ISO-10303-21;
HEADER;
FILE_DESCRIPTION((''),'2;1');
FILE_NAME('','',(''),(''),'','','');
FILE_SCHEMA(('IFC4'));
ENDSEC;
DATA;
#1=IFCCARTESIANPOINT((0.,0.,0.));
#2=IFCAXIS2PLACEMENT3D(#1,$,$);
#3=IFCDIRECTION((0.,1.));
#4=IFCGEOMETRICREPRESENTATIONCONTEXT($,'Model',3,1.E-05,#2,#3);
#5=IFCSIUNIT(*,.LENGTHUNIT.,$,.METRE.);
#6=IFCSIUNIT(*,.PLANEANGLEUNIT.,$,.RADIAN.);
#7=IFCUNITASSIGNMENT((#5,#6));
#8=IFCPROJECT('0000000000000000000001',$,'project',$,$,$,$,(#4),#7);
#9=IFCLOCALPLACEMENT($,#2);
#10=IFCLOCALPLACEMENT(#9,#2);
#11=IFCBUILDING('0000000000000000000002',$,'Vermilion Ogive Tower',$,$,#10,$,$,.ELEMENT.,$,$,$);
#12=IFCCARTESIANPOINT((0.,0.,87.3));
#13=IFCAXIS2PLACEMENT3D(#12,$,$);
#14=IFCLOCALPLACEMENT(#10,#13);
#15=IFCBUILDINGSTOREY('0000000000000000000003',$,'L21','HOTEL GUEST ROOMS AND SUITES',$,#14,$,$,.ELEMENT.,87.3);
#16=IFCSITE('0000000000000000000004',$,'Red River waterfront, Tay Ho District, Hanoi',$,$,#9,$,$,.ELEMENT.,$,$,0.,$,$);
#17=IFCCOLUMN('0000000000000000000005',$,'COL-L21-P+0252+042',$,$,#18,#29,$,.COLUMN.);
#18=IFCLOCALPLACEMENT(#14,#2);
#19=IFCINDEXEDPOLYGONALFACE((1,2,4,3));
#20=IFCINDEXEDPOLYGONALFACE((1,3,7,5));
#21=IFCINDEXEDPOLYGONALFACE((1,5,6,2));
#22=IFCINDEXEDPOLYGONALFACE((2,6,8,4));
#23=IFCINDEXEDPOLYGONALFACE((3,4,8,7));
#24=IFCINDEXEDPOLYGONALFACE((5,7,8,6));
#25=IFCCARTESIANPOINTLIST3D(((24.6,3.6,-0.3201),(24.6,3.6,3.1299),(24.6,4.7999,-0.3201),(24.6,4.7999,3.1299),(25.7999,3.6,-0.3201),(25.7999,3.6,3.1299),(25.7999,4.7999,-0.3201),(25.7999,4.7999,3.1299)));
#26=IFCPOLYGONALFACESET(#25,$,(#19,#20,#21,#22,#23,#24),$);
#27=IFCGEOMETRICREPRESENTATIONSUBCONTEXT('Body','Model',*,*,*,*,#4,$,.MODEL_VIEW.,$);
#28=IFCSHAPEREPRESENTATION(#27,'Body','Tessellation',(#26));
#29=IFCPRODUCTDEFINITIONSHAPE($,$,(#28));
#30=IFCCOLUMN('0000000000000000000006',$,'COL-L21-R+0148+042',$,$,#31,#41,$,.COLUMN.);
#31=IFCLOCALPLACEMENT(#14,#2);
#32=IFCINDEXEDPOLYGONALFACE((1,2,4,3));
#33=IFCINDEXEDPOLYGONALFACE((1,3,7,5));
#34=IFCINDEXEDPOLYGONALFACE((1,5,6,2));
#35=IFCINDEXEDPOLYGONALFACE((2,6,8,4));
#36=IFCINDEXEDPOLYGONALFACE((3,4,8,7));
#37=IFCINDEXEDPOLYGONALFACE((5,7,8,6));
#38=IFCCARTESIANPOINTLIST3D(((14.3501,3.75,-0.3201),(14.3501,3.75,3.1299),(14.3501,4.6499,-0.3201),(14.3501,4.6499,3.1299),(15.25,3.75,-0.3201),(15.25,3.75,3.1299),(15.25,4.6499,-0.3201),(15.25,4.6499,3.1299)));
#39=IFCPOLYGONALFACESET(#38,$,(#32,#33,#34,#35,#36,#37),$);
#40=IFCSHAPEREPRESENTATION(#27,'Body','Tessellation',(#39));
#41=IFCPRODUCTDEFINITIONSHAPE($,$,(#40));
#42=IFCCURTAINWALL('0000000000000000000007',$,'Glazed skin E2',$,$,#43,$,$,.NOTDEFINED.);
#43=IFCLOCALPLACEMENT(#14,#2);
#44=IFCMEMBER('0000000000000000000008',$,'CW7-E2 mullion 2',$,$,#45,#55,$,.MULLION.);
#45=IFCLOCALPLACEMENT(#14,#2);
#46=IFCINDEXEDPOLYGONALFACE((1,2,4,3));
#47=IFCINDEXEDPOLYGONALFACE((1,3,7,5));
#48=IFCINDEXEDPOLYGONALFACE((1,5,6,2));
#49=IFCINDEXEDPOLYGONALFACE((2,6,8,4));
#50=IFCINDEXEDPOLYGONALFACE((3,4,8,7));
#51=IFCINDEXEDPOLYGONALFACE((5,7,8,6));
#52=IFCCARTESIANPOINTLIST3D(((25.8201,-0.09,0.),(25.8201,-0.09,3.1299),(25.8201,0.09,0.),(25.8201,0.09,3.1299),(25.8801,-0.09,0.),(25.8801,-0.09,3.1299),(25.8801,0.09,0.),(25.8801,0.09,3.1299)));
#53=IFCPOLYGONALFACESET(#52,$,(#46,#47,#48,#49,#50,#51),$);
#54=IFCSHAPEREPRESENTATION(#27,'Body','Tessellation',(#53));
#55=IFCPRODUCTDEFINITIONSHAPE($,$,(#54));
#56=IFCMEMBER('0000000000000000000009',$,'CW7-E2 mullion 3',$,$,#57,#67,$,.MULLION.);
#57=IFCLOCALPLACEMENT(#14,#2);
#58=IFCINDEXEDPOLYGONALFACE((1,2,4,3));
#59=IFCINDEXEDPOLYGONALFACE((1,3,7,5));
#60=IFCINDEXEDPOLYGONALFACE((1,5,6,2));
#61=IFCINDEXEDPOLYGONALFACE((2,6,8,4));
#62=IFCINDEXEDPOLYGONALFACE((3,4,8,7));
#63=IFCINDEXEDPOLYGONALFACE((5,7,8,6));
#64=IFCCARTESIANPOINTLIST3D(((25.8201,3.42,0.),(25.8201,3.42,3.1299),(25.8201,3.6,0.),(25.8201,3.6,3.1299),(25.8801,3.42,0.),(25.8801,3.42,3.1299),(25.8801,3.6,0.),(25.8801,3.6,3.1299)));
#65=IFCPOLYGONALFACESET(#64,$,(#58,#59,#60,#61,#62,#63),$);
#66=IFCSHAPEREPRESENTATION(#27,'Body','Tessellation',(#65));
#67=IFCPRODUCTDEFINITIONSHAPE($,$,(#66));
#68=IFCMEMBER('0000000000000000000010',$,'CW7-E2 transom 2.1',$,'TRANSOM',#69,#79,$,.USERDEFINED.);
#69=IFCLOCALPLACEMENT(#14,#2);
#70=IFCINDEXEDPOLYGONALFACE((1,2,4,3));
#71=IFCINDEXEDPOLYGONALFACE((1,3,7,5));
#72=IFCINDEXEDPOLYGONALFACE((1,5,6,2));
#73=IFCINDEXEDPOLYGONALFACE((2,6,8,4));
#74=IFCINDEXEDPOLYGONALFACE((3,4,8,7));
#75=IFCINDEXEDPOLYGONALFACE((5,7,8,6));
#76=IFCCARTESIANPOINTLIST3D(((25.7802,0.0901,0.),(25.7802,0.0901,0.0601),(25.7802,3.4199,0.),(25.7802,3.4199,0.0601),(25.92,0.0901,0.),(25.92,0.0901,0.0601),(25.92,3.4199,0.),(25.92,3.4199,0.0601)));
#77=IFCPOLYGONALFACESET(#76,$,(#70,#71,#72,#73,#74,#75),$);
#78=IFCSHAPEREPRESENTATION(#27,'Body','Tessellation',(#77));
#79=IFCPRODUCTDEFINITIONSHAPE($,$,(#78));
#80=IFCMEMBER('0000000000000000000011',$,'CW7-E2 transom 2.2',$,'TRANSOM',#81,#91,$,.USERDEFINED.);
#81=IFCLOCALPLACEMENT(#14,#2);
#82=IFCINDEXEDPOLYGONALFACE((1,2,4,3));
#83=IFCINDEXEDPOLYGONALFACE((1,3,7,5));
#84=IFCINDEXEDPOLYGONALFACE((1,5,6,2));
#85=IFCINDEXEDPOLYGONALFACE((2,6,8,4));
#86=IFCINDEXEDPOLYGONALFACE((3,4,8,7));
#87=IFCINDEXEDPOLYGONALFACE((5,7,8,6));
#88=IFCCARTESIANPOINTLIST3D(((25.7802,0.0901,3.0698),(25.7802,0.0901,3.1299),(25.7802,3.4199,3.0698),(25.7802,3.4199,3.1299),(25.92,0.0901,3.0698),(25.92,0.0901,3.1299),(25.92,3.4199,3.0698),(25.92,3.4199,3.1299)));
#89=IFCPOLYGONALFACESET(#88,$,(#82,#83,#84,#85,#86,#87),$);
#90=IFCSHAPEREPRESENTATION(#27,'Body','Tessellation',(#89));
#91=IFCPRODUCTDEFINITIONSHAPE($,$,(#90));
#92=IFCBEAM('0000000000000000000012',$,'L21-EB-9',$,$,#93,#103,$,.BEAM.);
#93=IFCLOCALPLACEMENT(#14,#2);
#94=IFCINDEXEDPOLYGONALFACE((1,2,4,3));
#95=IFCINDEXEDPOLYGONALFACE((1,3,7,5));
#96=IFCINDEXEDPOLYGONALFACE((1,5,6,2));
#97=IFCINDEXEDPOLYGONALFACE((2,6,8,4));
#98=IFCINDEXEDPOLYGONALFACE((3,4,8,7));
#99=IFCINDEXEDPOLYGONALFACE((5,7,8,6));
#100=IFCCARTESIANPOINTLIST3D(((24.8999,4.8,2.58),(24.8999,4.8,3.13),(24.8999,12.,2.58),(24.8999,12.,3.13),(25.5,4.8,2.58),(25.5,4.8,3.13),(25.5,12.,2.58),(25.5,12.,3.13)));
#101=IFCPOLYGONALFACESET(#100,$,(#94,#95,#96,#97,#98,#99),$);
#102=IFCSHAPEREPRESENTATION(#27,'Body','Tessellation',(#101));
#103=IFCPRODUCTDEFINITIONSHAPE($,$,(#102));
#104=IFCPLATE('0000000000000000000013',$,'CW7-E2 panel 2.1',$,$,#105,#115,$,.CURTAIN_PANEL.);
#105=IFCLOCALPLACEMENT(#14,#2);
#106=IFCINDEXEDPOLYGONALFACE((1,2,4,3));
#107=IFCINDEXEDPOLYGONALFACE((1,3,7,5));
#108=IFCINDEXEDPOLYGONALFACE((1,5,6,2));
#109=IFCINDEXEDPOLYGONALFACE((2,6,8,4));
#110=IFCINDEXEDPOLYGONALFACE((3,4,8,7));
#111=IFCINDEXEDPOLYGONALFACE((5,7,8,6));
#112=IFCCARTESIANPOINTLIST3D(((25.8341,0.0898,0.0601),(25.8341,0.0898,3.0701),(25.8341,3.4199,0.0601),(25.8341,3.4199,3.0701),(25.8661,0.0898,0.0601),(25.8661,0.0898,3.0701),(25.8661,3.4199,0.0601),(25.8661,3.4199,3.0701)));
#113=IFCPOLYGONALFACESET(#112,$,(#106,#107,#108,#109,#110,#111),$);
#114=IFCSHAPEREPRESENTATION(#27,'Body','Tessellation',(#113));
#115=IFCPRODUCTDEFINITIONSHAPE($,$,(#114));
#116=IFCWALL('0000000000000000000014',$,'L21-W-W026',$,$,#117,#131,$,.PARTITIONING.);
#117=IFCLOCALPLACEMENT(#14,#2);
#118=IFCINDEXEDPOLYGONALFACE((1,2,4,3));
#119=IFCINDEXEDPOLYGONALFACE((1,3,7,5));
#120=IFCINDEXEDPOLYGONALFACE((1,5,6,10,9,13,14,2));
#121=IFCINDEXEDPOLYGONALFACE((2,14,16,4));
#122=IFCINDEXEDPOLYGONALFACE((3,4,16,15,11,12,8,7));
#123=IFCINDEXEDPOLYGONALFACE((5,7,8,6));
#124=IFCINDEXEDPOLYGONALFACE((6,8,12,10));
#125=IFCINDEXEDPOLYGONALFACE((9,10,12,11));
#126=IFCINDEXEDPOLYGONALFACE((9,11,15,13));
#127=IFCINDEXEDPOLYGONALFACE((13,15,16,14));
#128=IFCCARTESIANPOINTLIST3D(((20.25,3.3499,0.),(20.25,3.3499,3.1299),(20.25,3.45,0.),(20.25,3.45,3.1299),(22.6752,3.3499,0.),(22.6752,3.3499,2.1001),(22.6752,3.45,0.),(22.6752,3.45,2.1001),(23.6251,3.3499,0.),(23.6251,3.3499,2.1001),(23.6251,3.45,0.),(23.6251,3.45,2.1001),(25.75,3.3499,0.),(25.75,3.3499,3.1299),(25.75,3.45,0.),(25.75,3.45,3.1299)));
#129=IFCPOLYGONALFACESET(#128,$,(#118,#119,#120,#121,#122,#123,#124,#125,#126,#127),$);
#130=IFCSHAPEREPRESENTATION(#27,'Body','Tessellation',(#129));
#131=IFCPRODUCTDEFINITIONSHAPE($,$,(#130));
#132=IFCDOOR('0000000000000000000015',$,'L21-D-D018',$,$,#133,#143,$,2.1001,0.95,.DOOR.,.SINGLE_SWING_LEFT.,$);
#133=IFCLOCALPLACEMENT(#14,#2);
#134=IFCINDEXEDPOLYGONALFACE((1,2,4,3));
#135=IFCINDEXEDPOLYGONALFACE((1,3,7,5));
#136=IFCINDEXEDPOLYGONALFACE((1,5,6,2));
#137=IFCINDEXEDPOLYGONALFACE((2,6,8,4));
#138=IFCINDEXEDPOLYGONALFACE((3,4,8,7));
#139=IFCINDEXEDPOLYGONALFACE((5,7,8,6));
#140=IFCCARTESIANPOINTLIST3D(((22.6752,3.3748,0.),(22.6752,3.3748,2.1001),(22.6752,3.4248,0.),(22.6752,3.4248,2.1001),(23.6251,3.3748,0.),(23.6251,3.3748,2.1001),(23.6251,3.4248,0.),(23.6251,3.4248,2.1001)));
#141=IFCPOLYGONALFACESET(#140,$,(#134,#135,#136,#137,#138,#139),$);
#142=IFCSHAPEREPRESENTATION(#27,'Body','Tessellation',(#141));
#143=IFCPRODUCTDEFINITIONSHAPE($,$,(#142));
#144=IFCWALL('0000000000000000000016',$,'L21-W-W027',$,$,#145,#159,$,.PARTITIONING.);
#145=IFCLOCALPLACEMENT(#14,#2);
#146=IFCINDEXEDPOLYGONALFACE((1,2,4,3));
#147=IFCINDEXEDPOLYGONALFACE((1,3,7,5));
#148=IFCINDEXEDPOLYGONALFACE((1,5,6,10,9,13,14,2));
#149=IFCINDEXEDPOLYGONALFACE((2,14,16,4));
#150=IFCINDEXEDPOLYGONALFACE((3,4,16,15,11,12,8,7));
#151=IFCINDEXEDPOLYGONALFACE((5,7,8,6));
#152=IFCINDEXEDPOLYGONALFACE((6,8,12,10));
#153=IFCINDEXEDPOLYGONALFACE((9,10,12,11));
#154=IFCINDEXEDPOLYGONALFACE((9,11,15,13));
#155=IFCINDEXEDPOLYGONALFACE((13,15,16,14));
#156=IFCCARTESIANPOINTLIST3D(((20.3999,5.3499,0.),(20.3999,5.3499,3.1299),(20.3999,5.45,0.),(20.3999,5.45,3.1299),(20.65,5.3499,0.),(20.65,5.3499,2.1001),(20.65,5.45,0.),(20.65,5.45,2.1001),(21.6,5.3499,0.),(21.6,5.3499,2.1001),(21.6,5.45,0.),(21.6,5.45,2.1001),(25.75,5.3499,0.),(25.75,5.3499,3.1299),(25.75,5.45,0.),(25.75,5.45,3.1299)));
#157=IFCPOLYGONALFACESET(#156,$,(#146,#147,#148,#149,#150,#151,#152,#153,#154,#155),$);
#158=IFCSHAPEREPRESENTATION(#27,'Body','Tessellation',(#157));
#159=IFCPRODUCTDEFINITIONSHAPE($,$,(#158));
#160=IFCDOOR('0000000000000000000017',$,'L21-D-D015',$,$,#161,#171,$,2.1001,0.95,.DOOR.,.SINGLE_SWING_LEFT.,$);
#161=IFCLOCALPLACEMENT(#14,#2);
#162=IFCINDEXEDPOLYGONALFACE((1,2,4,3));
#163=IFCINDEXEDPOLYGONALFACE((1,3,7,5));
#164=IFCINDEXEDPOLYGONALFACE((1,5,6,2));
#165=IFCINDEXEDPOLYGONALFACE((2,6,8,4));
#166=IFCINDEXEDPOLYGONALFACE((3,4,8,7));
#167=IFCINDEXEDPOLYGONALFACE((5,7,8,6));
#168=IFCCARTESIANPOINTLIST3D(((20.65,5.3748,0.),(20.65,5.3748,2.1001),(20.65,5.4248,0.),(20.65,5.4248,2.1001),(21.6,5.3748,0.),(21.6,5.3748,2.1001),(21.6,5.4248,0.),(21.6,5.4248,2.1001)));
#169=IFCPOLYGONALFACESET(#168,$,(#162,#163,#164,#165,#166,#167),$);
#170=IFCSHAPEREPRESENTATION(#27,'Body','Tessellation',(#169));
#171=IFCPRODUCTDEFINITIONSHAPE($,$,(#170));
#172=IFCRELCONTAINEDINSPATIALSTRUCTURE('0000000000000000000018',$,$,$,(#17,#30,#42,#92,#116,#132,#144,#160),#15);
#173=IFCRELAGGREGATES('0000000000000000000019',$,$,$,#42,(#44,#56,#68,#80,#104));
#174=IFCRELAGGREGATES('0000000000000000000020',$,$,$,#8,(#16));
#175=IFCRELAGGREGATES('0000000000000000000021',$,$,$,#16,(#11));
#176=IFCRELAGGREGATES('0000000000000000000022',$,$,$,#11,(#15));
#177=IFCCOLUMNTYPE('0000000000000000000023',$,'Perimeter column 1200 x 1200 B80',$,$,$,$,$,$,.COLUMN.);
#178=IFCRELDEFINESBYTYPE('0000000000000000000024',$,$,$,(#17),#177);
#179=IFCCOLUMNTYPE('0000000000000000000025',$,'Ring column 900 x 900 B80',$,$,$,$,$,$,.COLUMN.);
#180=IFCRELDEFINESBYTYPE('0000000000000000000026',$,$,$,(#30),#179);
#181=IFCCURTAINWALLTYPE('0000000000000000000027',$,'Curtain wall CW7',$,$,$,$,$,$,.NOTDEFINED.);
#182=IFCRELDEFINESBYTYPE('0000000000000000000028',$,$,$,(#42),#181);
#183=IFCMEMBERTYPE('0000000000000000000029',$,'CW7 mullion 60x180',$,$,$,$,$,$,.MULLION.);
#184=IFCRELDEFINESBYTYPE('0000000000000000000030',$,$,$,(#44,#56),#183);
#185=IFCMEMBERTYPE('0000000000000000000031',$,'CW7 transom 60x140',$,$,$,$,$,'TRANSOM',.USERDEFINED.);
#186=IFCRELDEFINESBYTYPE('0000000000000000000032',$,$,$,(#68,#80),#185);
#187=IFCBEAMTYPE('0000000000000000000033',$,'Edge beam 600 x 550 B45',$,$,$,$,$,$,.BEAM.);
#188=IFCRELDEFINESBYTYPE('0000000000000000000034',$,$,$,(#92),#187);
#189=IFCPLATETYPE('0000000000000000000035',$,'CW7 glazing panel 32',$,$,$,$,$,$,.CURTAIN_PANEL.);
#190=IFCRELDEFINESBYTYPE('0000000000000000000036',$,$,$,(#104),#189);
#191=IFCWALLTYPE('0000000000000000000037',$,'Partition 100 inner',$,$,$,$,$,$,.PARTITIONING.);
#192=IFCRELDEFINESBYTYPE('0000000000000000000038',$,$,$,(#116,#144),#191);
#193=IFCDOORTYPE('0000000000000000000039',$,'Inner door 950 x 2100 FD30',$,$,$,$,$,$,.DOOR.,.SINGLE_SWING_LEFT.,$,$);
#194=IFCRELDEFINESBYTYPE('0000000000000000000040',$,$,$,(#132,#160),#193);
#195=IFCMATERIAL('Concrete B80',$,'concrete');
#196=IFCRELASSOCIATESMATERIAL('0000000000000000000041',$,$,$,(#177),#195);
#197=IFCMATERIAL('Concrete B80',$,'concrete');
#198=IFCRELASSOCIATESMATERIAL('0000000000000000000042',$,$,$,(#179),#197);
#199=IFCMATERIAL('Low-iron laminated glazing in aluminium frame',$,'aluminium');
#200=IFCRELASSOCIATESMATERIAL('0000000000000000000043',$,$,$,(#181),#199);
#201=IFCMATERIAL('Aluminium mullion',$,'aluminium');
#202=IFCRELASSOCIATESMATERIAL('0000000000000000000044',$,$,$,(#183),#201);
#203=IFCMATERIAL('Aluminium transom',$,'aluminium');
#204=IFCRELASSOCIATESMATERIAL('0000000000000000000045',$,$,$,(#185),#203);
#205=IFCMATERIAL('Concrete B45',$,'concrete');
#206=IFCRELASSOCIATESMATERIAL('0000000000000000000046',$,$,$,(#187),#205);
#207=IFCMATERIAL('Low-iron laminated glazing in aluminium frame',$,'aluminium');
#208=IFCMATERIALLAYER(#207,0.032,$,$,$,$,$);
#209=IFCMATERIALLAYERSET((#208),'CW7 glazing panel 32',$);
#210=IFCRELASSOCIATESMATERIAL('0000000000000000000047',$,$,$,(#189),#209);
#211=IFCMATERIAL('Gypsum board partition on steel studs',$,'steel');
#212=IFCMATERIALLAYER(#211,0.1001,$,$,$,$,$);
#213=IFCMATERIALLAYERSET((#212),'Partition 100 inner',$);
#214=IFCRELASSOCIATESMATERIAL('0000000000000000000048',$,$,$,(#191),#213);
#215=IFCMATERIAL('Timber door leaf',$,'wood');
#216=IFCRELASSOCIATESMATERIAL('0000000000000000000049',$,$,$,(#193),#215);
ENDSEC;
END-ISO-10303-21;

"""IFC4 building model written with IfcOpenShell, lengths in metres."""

from ifc_helpers import new_model, si_unit, direction, frame, frame_2d, origin, origin_2d, place, context, subcontext, project, spatial, rectangle, extrude, material, layer, layer_set, material_profile, profile_set, type_object, element, fill, aggregate, save


model = new_model("IFC4")

# Units and contexts
model_context = context("Model", 3, precision=1e-05, world=origin(), true_north=direction((0.0, 1.0)))
body_context = subcontext(model_context, "Body", "Model", "MODEL_VIEW")
ifc_project = project(units=[si_unit("LENGTHUNIT", "METRE"), si_unit("PLANEANGLEUNIT", "RADIAN")], contexts=[model_context])

# Site, building, storey
site_placement = place(None, origin())
site = spatial("IfcSite", under=ifc_project, at=site_placement, Name="Red River waterfront, Tay Ho District, Hanoi", CompositionType="ELEMENT", RefElevation=0.0)
building_placement = place(site_placement, origin())
building = spatial("IfcBuilding", under=site, at=building_placement, Name="Vermilion Ogive Tower", CompositionType="ELEMENT")
storey_placement = place(building_placement, frame((0.0, 0.0, 87.3)))
storey = spatial("IfcBuildingStorey", under=building, at=storey_placement, Name="L21", Description="HOTEL GUEST ROOMS AND SUITES", CompositionType="ELEMENT", Elevation=87.3)

# Columns
ifc_material_1 = material(Name="Concrete B80", Category="concrete")
ifc_material_profile_1 = material_profile(ifc_material_1, rectangle(XDim=1.2, YDim=1.2, at=origin_2d()), Name="1200 x 1200")
ifc_profile_set_1 = profile_set([ifc_material_profile_1], Name="Concrete B80")
column_type_1 = type_object("IfcColumnType", Name="Perimeter column 1200 x 1200 B80", PredefinedType="COLUMN", material=ifc_profile_set_1)
column_1_placement = place(storey_placement, frame((25.2, 4.2, -0.3201), z_axis=(0.0, 0.0, 1.0), x_axis=(1.0, 0.0, 0.0)))
element("IfcColumn", 1, at=column_1_placement, inside=storey, type_object=column_type_1, Name="COL-L21-P+0252+042", PredefinedType="COLUMN", context=body_context, shape_type="SweptSolid", body=[
    extrude(rectangle(XDim=1.2, YDim=1.2, at=origin_2d()), origin(), (0.0, 0.0, 1.0), 3.45),
])
ifc_material_2 = material(Name="Concrete B80", Category="concrete")
ifc_material_profile_2 = material_profile(ifc_material_2, rectangle(XDim=0.8999, YDim=0.8999, at=origin_2d()), Name="900 x 900")
ifc_profile_set_2 = profile_set([ifc_material_profile_2], Name="Concrete B80")
column_type_2 = type_object("IfcColumnType", Name="Ring column 900 x 900 B80", PredefinedType="COLUMN", material=ifc_profile_set_2)
column_2_placement = place(storey_placement, frame((14.8, 4.2, -0.3201), z_axis=(0.0, 0.0, 1.0), x_axis=(1.0, 0.0, 0.0)))
element("IfcColumn", 2, at=column_2_placement, inside=storey, type_object=column_type_2, Name="COL-L21-R+0148+042", PredefinedType="COLUMN", context=body_context, shape_type="SweptSolid", body=[
    extrude(rectangle(XDim=0.8999, YDim=0.8999, at=origin_2d()), origin(), (0.0, 0.0, 1.0), 3.45),
])

# Curtain wall, members
ifc_material_3 = material(Name="Low-iron laminated glazing in aluminium frame", Category="aluminium")
curtain_wall_type = type_object("IfcCurtainWallType", Name="Curtain wall CW7", PredefinedType="NOTDEFINED", material=ifc_material_3)
curtain_wall_placement = place(storey_placement, origin())
curtain_wall = element("IfcCurtainWall", 3, at=curtain_wall_placement, inside=storey, type_object=curtain_wall_type, Name="Glazed skin E2", PredefinedType="NOTDEFINED")
ifc_material_4 = material(Name="Aluminium mullion", Category="aluminium")
ifc_material_profile_3 = material_profile(ifc_material_4, rectangle(XDim=0.0601, YDim=0.1799, at=origin_2d()), Name="AL 60x180")
ifc_profile_set_3 = profile_set([ifc_material_profile_3], Name="Aluminium mullion")
member_type_1 = type_object("IfcMemberType", Name="CW7 mullion 60x180", PredefinedType="MULLION", material=ifc_profile_set_3)
member_1_placement = place(storey_placement, frame((25.8501, 0.0, 0.0), z_axis=(0.0, 0.0, 1.0), x_axis=(-1.0, 0.0, 0.0)))
member_1 = element("IfcMember", 4, at=member_1_placement, type_object=member_type_1, Name="CW7-E2 mullion 2", PredefinedType="MULLION", context=body_context, shape_type="SweptSolid", body=[
    extrude(rectangle(XDim=0.0601, YDim=0.1799, at=origin_2d()), origin(), (0.0, 0.0, 1.0), 3.1299),
])
member_2_placement = place(storey_placement, frame((25.8501, 3.51, 0.0), z_axis=(0.0, 0.0, 1.0), x_axis=(-1.0, 0.0, 0.0)))
member_2 = element("IfcMember", 5, at=member_2_placement, type_object=member_type_1, Name="CW7-E2 mullion 3", PredefinedType="MULLION", context=body_context, shape_type="SweptSolid", body=[
    extrude(rectangle(XDim=0.0601, YDim=0.1799, at=origin_2d()), origin(), (0.0, 0.0, 1.0), 3.1299),
])
ifc_material_5 = material(Name="Aluminium transom", Category="aluminium")
ifc_material_profile_4 = material_profile(ifc_material_5, rectangle(XDim=0.1399, YDim=0.0601, at=origin_2d()), Name="AL 60x140")
ifc_profile_set_4 = profile_set([ifc_material_profile_4], Name="Aluminium transom")
member_type_2 = type_object("IfcMemberType", Name="CW7 transom 60x140", ElementType="TRANSOM", PredefinedType="USERDEFINED", material=ifc_profile_set_4)
member_3_placement = place(storey_placement, frame((25.8501, 0.0901, 0.03), z_axis=(0.0, 1.0, 0.0), x_axis=(-1.0, 0.0, 0.0)))
member_3 = element("IfcMember", 6, at=member_3_placement, type_object=member_type_2, Name="CW7-E2 transom 2.1", ObjectType="TRANSOM", PredefinedType="USERDEFINED", context=body_context, shape_type="SweptSolid", body=[
    extrude(rectangle(XDim=0.1399, YDim=0.0601, at=origin_2d()), origin(), (0.0, 0.0, 1.0), 3.3298),
])
member_4_placement = place(storey_placement, frame((25.8501, 0.0901, 3.0999), z_axis=(0.0, 1.0, 0.0), x_axis=(-1.0, 0.0, 0.0)))
member_4 = element("IfcMember", 7, at=member_4_placement, type_object=member_type_2, Name="CW7-E2 transom 2.2", ObjectType="TRANSOM", PredefinedType="USERDEFINED", context=body_context, shape_type="SweptSolid", body=[
    extrude(rectangle(XDim=0.1399, YDim=0.0601, at=origin_2d()), origin(), (0.0, 0.0, 1.0), 3.3298),
])

# Beam
ifc_material_6 = material(Name="Concrete B45", Category="concrete")
ifc_material_profile_5 = material_profile(ifc_material_6, rectangle(XDim=0.6001, YDim=0.55, at=origin_2d()), Name="600 x 550")
ifc_profile_set_5 = profile_set([ifc_material_profile_5], Name="Concrete B45")
beam_type = type_object("IfcBeamType", Name="Edge beam 600 x 550 B45", PredefinedType="BEAM", material=ifc_profile_set_5)
beam_placement = place(storey_placement, frame((25.2, 4.8, 2.855), z_axis=(0.0, 1.0, 0.0), x_axis=(-1.0, 0.0, 0.0)))
element("IfcBeam", 8, at=beam_placement, inside=storey, type_object=beam_type, Name="L21-EB-9", PredefinedType="BEAM", context=body_context, shape_type="SweptSolid", body=[
    extrude(rectangle(XDim=0.6001, YDim=0.55, at=origin_2d()), origin(), (0.0, 0.0, 1.0), 7.2),
])

# Plate
ifc_material_7 = material(Name="Low-iron laminated glazing in aluminium frame", Category="aluminium")
ifc_layer_1 = layer(ifc_material_7, 0.032)
ifc_layer_set_1 = layer_set([ifc_layer_1], Name="CW7 glazing panel 32")
plate_type = type_object("IfcPlateType", Name="CW7 glazing panel 32", PredefinedType="CURTAIN_PANEL", material=ifc_layer_set_1)
plate_placement = place(storey_placement, frame((25.8501, 1.7549, 0.0601), z_axis=(0.0, 0.0, 1.0), x_axis=(0.0, 1.0, 0.0)))
plate = element("IfcPlate", 9, at=plate_placement, type_object=plate_type, Name="CW7-E2 panel 2.1", PredefinedType="CURTAIN_PANEL", context=body_context, shape_type="SweptSolid", body=[
    extrude(rectangle(XDim=3.3301, YDim=0.032, at=origin_2d()), origin(), (0.0, 0.0, 1.0), 3.01),
])
aggregate(curtain_wall, [member_1, member_2, member_3, member_4, plate])

# Walls, openings, doors
ifc_material_8 = material(Name="Gypsum board partition on steel studs", Category="steel")
ifc_layer_2 = layer(ifc_material_8, 0.1001)
ifc_layer_set_2 = layer_set([ifc_layer_2], Name="Partition 100 inner")
wall_type_1 = type_object("IfcWallType", Name="Partition 100 inner", PredefinedType="PARTITIONING", material=ifc_layer_set_2)
wall_1_placement = place(storey_placement, frame((20.25, 3.3999, 0.0), z_axis=(0.0, 0.0, 1.0), x_axis=(1.0, 0.0, 0.0)))
wall_1 = element("IfcWall", 10, at=wall_1_placement, inside=storey, type_object=wall_type_1, Name="L21-W-W026", PredefinedType="PARTITIONING", context=body_context, shape_type="SweptSolid", body=[
    extrude(rectangle(XDim=5.5, YDim=0.1001, at=frame_2d((2.75, 0.0))), origin(), (0.0, 0.0, 1.0), 3.1299),
])
opening_1_placement = place(wall_1_placement, frame((2.425, 0.0, 0.0)))
opening_1 = element("IfcOpeningElement", 11, at=opening_1_placement, cuts=wall_1, PredefinedType="OPENING", context=body_context, shape_type="SweptSolid", body=[
    extrude(rectangle(XDim=0.95, YDim=2.1001, at=frame_2d((0.4751, 1.05))), frame((0.0, 0.0601, 0.0), z_axis=(0.0, -1.0, 0.0), x_axis=(1.0, 0.0, 0.0)), (0.0, 0.0, 1.0), 0.1201),
])
ifc_material_9 = material(Name="Timber door leaf", Category="wood")
door_type_1 = type_object("IfcDoorType", Name="Inner door 950 x 2100 FD30", OperationType="SINGLE_SWING_LEFT", PredefinedType="DOOR", material=ifc_material_9)
door_1_placement = place(opening_1_placement, origin())
door_1 = element("IfcDoor", 12, at=door_1_placement, inside=storey, type_object=door_type_1, Name="L21-D-D018", OperationType="SINGLE_SWING_LEFT", OverallHeight=2.1001, OverallWidth=0.95, PredefinedType="DOOR", context=body_context, shape_type="SweptSolid", body=[
    extrude(rectangle(XDim=0.95, YDim=2.1001, at=frame_2d((0.4751, 1.05))), frame((0.0, 0.0249, 0.0), z_axis=(0.0, -1.0, 0.0), x_axis=(1.0, 0.0, 0.0)), (0.0, 0.0, 1.0), 0.05),
])
fill(opening_1, door_1)
wall_2_placement = place(storey_placement, frame((20.3999, 5.3999, 0.0), z_axis=(0.0, 0.0, 1.0), x_axis=(1.0, 0.0, 0.0)))
wall_2 = element("IfcWall", 13, at=wall_2_placement, inside=storey, type_object=wall_type_1, Name="L21-W-W027", PredefinedType="PARTITIONING", context=body_context, shape_type="SweptSolid", body=[
    extrude(rectangle(XDim=5.3501, YDim=0.1001, at=frame_2d((2.675, 0.0))), origin(), (0.0, 0.0, 1.0), 3.1299),
])
opening_2_placement = place(wall_2_placement, frame((0.25, 0.0, 0.0)))
opening_2 = element("IfcOpeningElement", 14, at=opening_2_placement, cuts=wall_2, PredefinedType="OPENING", context=body_context, shape_type="SweptSolid", body=[
    extrude(rectangle(XDim=0.95, YDim=2.1001, at=frame_2d((0.4751, 1.05))), frame((0.0, 0.0601, 0.0), z_axis=(0.0, -1.0, 0.0), x_axis=(1.0, 0.0, 0.0)), (0.0, 0.0, 1.0), 0.1201),
])
door_2_placement = place(opening_2_placement, origin())
door_2 = element("IfcDoor", 15, at=door_2_placement, inside=storey, type_object=door_type_1, Name="L21-D-D015", OperationType="SINGLE_SWING_LEFT", OverallHeight=2.1001, OverallWidth=0.95, PredefinedType="DOOR", context=body_context, shape_type="SweptSolid", body=[
    extrude(rectangle(XDim=0.95, YDim=2.1001, at=frame_2d((0.4751, 1.05))), frame((0.0, 0.0249, 0.0), z_axis=(0.0, -1.0, 0.0), x_axis=(1.0, 0.0, 0.0)), (0.0, 0.0, 1.0), 0.05),
])
fill(opening_2, door_2)

save(model, "model.ifc")
